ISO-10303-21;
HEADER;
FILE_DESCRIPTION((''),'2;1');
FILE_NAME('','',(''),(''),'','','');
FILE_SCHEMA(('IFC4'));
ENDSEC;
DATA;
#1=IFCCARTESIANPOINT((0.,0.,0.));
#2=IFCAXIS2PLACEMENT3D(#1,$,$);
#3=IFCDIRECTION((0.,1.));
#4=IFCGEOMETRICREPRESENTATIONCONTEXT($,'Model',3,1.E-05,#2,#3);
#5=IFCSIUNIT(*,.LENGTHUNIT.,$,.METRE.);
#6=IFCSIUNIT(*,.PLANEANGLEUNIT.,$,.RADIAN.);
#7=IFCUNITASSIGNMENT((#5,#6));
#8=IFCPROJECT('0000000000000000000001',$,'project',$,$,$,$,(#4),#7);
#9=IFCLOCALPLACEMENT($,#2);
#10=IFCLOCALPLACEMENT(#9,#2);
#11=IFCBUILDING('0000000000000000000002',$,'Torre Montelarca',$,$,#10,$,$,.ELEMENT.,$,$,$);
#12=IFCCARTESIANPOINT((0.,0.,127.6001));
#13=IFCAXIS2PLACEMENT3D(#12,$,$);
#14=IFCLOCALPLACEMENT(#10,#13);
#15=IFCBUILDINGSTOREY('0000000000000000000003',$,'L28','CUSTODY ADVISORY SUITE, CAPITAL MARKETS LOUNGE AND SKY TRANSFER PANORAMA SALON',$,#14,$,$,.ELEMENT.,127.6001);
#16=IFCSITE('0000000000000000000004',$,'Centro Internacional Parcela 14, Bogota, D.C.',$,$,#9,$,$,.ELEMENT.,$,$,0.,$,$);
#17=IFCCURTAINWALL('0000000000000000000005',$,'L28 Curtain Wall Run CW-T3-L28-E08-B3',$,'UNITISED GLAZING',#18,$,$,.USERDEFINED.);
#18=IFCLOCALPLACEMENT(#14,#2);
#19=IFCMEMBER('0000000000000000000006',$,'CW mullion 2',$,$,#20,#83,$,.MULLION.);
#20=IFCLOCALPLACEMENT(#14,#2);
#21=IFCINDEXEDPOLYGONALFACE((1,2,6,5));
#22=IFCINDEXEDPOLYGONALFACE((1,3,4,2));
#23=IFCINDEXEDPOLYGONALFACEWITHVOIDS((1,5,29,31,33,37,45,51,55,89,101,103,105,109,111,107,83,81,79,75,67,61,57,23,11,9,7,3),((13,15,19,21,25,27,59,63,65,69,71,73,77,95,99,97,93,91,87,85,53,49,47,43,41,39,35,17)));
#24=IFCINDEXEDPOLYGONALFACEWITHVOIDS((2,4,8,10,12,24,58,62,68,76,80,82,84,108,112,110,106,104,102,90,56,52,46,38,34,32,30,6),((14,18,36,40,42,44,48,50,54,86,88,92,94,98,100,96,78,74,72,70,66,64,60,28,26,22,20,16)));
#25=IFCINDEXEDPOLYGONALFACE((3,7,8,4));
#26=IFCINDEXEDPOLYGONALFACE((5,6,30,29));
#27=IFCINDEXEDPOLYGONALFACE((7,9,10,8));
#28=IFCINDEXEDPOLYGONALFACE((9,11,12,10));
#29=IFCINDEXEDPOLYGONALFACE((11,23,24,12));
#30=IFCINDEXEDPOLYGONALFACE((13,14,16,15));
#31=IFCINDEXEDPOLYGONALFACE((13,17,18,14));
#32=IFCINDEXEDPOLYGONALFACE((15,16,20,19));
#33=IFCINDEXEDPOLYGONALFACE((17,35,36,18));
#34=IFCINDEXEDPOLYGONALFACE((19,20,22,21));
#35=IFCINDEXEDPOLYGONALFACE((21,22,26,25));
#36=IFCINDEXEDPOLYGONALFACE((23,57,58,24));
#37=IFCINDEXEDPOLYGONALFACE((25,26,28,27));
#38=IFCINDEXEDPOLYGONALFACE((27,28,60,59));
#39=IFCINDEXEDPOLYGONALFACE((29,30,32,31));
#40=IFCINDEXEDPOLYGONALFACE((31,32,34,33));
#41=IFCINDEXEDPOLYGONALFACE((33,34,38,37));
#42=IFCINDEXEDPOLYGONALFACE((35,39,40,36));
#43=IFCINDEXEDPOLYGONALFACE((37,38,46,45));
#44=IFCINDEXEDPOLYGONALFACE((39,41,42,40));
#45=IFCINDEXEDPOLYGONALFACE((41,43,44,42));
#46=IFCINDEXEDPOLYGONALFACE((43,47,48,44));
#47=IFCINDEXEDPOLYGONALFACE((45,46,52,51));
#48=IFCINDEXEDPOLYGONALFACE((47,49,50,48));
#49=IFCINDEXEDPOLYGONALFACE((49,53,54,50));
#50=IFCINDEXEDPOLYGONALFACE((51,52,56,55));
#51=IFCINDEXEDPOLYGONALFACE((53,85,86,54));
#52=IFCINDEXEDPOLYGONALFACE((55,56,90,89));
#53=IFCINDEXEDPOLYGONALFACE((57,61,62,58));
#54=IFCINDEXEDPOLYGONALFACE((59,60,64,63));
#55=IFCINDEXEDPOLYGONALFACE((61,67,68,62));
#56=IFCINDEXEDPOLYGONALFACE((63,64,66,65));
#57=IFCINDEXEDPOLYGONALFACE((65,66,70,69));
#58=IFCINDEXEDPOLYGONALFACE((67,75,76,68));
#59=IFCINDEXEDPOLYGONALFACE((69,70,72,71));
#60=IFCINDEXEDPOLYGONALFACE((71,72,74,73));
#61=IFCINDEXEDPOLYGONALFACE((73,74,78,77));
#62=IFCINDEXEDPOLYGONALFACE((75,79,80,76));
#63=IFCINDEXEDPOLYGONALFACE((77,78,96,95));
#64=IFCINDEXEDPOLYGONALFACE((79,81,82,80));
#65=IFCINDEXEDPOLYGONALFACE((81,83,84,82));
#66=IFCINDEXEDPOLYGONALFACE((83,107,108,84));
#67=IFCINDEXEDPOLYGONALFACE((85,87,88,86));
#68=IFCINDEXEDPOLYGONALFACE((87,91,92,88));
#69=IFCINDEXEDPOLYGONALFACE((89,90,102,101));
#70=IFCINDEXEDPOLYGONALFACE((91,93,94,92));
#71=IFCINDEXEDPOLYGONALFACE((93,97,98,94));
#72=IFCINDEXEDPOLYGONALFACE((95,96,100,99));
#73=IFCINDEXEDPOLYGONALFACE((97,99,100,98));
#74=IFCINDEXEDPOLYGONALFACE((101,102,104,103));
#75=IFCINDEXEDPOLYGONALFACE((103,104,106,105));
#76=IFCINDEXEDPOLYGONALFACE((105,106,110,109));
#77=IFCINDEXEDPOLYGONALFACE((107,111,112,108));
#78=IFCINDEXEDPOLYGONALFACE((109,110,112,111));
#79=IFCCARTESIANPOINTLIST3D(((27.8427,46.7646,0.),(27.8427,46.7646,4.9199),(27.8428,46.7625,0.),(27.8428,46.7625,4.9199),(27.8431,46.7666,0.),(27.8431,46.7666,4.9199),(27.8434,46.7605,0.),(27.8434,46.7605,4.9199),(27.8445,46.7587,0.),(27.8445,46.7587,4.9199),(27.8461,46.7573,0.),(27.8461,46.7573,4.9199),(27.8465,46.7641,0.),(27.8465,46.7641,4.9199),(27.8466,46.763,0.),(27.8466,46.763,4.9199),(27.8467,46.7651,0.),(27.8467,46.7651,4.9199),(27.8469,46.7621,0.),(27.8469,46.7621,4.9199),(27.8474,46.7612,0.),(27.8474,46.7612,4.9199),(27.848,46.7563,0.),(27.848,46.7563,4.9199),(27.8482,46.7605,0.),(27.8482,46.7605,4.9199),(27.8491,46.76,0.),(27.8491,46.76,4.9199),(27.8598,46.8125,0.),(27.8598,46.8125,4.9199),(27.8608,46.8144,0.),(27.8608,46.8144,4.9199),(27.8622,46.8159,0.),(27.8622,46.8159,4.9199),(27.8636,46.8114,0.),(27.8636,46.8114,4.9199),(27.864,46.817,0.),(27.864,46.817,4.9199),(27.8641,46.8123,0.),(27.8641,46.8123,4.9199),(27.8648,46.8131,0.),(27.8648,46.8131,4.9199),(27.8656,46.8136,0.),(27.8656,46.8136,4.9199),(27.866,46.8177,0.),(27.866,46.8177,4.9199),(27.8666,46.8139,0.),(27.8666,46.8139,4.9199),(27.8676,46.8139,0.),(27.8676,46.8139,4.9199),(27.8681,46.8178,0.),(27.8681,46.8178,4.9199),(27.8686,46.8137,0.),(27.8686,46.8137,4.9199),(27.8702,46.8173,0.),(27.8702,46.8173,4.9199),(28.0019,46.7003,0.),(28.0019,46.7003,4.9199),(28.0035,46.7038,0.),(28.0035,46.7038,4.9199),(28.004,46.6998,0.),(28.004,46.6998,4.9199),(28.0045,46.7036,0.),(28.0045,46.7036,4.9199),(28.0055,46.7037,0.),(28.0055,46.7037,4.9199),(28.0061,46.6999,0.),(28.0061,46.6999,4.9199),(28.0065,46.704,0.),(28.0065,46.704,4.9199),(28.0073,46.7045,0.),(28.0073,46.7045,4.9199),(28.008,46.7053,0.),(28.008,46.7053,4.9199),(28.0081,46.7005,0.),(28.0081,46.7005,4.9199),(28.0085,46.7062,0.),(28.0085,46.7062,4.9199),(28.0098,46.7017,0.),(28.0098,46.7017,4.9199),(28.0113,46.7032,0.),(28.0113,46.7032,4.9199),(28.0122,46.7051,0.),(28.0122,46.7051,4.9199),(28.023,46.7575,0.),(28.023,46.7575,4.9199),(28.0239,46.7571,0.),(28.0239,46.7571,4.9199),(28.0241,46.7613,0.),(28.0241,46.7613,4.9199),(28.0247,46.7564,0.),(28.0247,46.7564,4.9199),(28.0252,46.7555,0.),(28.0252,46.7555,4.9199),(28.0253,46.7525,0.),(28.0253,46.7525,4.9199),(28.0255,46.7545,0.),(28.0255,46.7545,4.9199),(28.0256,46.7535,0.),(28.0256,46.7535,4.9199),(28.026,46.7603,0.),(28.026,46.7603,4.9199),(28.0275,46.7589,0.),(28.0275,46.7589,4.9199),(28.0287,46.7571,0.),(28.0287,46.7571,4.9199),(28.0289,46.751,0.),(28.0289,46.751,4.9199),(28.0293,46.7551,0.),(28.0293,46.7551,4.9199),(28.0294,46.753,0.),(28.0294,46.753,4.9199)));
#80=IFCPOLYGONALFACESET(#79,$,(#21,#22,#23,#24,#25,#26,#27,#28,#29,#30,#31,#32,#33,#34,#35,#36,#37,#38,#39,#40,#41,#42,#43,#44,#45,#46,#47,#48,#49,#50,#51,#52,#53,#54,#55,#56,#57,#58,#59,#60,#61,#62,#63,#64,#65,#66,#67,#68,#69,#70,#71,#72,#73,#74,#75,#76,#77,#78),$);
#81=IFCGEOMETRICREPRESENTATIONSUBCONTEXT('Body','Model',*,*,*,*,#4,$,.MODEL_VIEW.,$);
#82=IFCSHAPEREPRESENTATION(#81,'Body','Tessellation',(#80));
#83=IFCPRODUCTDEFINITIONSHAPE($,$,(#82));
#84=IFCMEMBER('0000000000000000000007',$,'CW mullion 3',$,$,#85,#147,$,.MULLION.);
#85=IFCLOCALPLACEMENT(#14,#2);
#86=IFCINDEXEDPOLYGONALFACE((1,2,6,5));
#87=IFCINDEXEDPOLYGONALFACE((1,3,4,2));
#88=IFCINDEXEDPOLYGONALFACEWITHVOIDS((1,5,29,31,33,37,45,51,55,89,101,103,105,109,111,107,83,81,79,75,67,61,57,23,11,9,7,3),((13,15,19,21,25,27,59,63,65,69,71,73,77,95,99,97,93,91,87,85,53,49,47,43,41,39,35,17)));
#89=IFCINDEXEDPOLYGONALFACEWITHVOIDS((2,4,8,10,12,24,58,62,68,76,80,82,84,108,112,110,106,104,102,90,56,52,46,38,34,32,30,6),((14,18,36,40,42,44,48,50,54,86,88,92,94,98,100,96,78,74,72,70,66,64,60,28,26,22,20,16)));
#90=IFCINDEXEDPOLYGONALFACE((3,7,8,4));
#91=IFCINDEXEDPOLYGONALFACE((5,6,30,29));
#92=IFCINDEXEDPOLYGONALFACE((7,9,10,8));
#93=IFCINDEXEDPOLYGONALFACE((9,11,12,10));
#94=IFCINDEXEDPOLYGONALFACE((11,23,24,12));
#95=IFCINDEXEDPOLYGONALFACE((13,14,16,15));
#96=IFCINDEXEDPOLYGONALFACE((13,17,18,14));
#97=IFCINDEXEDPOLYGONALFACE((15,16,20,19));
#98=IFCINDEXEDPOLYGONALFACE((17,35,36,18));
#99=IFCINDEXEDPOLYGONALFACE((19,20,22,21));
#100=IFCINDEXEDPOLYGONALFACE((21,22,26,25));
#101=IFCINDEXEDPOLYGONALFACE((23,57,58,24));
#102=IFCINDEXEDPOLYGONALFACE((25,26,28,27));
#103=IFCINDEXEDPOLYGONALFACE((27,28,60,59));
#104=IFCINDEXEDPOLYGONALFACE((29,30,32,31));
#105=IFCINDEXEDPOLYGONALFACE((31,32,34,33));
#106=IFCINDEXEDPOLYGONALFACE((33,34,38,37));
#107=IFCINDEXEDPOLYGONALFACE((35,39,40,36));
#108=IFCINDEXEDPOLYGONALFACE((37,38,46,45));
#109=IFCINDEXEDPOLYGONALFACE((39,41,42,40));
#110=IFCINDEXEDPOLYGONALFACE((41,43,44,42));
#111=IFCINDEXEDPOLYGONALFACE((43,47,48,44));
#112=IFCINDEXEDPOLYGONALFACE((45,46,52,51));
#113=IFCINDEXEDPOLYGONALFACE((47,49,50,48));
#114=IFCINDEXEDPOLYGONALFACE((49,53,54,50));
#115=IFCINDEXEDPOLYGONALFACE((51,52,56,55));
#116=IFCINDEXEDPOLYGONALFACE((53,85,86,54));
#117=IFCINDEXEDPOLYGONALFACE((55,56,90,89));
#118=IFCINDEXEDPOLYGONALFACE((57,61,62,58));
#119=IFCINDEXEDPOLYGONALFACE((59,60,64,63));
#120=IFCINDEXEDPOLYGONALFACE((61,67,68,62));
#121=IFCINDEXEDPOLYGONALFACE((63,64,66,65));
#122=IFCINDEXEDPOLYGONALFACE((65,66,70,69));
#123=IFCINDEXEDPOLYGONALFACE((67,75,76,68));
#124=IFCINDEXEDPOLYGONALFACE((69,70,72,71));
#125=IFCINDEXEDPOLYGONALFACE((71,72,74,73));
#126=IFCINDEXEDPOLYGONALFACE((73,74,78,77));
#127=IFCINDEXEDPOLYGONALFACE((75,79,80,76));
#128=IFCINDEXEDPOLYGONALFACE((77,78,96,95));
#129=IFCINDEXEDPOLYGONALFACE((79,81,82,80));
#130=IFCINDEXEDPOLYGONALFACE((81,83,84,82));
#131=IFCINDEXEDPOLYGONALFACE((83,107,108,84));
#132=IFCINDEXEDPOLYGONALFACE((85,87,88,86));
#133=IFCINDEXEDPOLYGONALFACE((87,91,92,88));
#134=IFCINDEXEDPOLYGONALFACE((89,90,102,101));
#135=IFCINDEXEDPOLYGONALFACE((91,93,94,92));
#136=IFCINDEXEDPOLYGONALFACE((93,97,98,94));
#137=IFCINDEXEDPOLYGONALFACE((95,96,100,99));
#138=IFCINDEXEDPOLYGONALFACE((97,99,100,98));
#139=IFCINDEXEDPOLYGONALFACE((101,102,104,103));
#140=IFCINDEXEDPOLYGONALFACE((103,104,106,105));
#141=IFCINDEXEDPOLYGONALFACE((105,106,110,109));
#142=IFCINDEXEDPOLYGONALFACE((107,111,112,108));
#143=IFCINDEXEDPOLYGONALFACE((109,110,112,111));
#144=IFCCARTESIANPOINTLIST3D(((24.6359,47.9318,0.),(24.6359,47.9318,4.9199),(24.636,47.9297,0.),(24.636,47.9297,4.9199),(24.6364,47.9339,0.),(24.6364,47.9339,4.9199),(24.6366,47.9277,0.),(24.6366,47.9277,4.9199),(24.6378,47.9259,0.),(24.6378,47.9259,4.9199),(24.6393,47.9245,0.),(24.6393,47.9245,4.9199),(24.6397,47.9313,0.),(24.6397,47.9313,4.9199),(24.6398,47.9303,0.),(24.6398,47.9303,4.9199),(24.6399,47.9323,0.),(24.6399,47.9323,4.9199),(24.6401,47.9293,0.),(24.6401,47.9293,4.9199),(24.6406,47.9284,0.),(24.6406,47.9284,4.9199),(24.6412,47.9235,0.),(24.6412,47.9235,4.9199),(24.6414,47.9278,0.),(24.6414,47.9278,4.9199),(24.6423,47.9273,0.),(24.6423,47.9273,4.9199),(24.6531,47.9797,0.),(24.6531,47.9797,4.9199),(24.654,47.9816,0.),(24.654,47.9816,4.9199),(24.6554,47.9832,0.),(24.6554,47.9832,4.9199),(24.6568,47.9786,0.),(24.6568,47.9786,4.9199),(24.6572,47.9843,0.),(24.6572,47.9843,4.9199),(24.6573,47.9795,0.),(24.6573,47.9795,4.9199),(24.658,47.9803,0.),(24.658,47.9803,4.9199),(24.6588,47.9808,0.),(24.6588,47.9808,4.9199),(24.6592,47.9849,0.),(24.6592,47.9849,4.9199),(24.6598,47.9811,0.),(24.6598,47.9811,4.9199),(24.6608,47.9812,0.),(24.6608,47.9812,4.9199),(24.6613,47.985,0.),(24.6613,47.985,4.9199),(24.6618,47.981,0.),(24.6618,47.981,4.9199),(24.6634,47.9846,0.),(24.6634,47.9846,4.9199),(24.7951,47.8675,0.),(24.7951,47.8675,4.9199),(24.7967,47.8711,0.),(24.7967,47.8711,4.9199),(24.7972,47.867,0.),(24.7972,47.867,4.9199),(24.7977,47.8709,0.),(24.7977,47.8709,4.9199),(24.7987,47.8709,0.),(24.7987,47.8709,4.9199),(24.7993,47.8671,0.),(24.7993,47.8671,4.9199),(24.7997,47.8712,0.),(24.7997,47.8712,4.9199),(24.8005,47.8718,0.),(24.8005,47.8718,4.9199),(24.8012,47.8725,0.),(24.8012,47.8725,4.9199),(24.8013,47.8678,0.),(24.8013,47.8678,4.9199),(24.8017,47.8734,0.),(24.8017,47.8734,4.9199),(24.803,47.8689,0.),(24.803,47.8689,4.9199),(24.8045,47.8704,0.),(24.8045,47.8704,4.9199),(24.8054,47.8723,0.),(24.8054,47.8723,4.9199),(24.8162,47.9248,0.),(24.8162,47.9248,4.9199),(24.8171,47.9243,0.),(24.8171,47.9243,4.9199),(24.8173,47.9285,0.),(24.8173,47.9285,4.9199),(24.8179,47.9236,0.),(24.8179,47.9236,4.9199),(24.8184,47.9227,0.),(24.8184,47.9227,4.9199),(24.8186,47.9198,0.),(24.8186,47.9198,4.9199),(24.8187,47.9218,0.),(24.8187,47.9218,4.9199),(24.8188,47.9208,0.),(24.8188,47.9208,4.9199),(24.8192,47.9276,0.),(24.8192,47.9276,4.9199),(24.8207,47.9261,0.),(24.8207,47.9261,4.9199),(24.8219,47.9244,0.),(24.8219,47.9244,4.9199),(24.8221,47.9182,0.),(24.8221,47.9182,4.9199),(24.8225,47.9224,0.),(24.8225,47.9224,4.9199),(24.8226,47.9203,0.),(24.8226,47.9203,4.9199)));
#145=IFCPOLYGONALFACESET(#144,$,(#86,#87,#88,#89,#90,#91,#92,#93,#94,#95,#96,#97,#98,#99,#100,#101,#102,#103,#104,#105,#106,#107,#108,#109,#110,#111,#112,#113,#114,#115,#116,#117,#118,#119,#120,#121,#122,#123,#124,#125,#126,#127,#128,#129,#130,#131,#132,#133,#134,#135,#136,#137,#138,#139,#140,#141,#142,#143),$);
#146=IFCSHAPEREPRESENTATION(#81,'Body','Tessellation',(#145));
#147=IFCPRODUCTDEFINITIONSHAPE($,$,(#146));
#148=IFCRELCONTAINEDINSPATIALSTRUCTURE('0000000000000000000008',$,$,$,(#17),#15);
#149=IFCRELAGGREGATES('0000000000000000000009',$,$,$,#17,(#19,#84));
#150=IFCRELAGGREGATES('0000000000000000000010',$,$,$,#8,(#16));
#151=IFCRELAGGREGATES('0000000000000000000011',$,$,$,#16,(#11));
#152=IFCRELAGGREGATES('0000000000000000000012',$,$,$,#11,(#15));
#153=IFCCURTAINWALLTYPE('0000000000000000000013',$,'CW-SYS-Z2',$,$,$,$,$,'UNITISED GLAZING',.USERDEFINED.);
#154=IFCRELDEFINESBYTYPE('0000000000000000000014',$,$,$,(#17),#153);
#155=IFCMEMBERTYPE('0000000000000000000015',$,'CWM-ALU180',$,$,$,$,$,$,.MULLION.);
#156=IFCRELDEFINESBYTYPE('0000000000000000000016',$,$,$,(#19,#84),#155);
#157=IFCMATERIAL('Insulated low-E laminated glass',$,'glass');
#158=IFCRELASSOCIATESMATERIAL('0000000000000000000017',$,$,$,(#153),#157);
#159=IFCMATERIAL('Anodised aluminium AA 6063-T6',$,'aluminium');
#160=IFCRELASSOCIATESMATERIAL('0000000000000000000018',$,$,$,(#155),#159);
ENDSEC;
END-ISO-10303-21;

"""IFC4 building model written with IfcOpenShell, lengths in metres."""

from ifc_helpers import new_model, si_unit, direction, frame, origin, origin_2d, place, context, subcontext, project, spatial, hollow_rectangle, extrude, source, transform, mapped, material, material_profile, profile_set, type_object, element, aggregate, save


model = new_model("IFC4")

# Units and contexts
model_context = context("Model", 3, precision=1e-05, world=origin(), true_north=direction((0.0, 1.0)))
body_context = subcontext(model_context, "Body", "Model", "MODEL_VIEW")
ifc_project = project(units=[si_unit("LENGTHUNIT", "METRE"), si_unit("PLANEANGLEUNIT", "RADIAN")], contexts=[model_context])

# Site, building, storey
site_placement = place(None, origin())
site = spatial("IfcSite", under=ifc_project, at=site_placement, Name="Centro Internacional Parcela 14, Bogota, D.C.", CompositionType="ELEMENT", RefElevation=0.0)
building_placement = place(site_placement, origin())
building = spatial("IfcBuilding", under=site, at=building_placement, Name="Torre Montelarca", CompositionType="ELEMENT")
storey_placement = place(building_placement, frame((0.0, 0.0, 127.6001)))
storey = spatial("IfcBuildingStorey", under=building, at=storey_placement, Name="L28", Description="CUSTODY ADVISORY SUITE, CAPITAL MARKETS LOUNGE AND SKY TRANSFER PANORAMA SALON", CompositionType="ELEMENT", Elevation=127.6001)

# Shared definitions
ifc_material_1 = material(Name="Insulated low-E laminated glass", Category="glass")
curtain_wall_type = type_object("IfcCurtainWallType", Name="CW-SYS-Z2", ElementType="UNITISED GLAZING", PredefinedType="USERDEFINED", material=ifc_material_1)
ifc_material_2 = material(Name="Anodised aluminium AA 6063-T6", Category="aluminium")
ifc_material_profile_1 = material_profile(ifc_material_2, hollow_rectangle(XDim=0.0649, YDim=0.1799, WallThickness=0.0039, InnerFilletRadius=0.0039, OuterFilletRadius=0.0081, at=origin_2d()), Name="ALU65X180X4", Category="aluminium")
ifc_profile_set_1 = profile_set([ifc_material_profile_1], Name="Anodised aluminium AA 6063-T6")
member_type_1 = type_object("IfcMemberType", Name="CWM-ALU180", PredefinedType="MULLION", material=ifc_profile_set_1)
shared_shape_1 = source(origin(), body_context, "Body", "SweptSolid", [
    extrude(hollow_rectangle(XDim=0.0649, YDim=0.1799, WallThickness=0.0039, InnerFilletRadius=0.0039, OuterFilletRadius=0.0081, at=origin_2d()), origin(), (0.0, 0.0, 1.0), 4.9199),
])

# Curtain wall, members
curtain_wall_1_placement = place(storey_placement, origin())
curtain_wall_1 = element("IfcCurtainWall", 1, at=curtain_wall_1_placement, inside=storey, type_object=curtain_wall_type, Name="L28 Curtain Wall Run CW-T3-L28-E08-B3", ObjectType="UNITISED GLAZING", PredefinedType="USERDEFINED")
member_1_placement = place(storey_placement, frame((27.936, 46.7588, 0.0), z_axis=(0.0, 0.0, 1.0), x_axis=(-0.342017, -0.939694, 0.0)))
member_1 = element("IfcMember", 2, at=member_1_placement, type_object=member_type_1, Name="CW mullion 2", PredefinedType="MULLION", context=body_context, shape_type="MappedRepresentation", body=[
    mapped(shared_shape_1, transform((0.0, 0.0, 0.0), scale=1.0)),
])
member_2_placement = place(storey_placement, frame((24.7292, 47.926, 0.0), z_axis=(0.0, 0.0, 1.0), x_axis=(-0.342017, -0.939694, 0.0)))
member_2 = element("IfcMember", 3, at=member_2_placement, type_object=member_type_1, Name="CW mullion 3", PredefinedType="MULLION", context=body_context, shape_type="MappedRepresentation", body=[
    mapped(shared_shape_1, transform((0.0, 0.0, 0.0), scale=1.0)),
])

aggregate(curtain_wall_1, [member_1, member_2])

save(model, "model.ifc")
